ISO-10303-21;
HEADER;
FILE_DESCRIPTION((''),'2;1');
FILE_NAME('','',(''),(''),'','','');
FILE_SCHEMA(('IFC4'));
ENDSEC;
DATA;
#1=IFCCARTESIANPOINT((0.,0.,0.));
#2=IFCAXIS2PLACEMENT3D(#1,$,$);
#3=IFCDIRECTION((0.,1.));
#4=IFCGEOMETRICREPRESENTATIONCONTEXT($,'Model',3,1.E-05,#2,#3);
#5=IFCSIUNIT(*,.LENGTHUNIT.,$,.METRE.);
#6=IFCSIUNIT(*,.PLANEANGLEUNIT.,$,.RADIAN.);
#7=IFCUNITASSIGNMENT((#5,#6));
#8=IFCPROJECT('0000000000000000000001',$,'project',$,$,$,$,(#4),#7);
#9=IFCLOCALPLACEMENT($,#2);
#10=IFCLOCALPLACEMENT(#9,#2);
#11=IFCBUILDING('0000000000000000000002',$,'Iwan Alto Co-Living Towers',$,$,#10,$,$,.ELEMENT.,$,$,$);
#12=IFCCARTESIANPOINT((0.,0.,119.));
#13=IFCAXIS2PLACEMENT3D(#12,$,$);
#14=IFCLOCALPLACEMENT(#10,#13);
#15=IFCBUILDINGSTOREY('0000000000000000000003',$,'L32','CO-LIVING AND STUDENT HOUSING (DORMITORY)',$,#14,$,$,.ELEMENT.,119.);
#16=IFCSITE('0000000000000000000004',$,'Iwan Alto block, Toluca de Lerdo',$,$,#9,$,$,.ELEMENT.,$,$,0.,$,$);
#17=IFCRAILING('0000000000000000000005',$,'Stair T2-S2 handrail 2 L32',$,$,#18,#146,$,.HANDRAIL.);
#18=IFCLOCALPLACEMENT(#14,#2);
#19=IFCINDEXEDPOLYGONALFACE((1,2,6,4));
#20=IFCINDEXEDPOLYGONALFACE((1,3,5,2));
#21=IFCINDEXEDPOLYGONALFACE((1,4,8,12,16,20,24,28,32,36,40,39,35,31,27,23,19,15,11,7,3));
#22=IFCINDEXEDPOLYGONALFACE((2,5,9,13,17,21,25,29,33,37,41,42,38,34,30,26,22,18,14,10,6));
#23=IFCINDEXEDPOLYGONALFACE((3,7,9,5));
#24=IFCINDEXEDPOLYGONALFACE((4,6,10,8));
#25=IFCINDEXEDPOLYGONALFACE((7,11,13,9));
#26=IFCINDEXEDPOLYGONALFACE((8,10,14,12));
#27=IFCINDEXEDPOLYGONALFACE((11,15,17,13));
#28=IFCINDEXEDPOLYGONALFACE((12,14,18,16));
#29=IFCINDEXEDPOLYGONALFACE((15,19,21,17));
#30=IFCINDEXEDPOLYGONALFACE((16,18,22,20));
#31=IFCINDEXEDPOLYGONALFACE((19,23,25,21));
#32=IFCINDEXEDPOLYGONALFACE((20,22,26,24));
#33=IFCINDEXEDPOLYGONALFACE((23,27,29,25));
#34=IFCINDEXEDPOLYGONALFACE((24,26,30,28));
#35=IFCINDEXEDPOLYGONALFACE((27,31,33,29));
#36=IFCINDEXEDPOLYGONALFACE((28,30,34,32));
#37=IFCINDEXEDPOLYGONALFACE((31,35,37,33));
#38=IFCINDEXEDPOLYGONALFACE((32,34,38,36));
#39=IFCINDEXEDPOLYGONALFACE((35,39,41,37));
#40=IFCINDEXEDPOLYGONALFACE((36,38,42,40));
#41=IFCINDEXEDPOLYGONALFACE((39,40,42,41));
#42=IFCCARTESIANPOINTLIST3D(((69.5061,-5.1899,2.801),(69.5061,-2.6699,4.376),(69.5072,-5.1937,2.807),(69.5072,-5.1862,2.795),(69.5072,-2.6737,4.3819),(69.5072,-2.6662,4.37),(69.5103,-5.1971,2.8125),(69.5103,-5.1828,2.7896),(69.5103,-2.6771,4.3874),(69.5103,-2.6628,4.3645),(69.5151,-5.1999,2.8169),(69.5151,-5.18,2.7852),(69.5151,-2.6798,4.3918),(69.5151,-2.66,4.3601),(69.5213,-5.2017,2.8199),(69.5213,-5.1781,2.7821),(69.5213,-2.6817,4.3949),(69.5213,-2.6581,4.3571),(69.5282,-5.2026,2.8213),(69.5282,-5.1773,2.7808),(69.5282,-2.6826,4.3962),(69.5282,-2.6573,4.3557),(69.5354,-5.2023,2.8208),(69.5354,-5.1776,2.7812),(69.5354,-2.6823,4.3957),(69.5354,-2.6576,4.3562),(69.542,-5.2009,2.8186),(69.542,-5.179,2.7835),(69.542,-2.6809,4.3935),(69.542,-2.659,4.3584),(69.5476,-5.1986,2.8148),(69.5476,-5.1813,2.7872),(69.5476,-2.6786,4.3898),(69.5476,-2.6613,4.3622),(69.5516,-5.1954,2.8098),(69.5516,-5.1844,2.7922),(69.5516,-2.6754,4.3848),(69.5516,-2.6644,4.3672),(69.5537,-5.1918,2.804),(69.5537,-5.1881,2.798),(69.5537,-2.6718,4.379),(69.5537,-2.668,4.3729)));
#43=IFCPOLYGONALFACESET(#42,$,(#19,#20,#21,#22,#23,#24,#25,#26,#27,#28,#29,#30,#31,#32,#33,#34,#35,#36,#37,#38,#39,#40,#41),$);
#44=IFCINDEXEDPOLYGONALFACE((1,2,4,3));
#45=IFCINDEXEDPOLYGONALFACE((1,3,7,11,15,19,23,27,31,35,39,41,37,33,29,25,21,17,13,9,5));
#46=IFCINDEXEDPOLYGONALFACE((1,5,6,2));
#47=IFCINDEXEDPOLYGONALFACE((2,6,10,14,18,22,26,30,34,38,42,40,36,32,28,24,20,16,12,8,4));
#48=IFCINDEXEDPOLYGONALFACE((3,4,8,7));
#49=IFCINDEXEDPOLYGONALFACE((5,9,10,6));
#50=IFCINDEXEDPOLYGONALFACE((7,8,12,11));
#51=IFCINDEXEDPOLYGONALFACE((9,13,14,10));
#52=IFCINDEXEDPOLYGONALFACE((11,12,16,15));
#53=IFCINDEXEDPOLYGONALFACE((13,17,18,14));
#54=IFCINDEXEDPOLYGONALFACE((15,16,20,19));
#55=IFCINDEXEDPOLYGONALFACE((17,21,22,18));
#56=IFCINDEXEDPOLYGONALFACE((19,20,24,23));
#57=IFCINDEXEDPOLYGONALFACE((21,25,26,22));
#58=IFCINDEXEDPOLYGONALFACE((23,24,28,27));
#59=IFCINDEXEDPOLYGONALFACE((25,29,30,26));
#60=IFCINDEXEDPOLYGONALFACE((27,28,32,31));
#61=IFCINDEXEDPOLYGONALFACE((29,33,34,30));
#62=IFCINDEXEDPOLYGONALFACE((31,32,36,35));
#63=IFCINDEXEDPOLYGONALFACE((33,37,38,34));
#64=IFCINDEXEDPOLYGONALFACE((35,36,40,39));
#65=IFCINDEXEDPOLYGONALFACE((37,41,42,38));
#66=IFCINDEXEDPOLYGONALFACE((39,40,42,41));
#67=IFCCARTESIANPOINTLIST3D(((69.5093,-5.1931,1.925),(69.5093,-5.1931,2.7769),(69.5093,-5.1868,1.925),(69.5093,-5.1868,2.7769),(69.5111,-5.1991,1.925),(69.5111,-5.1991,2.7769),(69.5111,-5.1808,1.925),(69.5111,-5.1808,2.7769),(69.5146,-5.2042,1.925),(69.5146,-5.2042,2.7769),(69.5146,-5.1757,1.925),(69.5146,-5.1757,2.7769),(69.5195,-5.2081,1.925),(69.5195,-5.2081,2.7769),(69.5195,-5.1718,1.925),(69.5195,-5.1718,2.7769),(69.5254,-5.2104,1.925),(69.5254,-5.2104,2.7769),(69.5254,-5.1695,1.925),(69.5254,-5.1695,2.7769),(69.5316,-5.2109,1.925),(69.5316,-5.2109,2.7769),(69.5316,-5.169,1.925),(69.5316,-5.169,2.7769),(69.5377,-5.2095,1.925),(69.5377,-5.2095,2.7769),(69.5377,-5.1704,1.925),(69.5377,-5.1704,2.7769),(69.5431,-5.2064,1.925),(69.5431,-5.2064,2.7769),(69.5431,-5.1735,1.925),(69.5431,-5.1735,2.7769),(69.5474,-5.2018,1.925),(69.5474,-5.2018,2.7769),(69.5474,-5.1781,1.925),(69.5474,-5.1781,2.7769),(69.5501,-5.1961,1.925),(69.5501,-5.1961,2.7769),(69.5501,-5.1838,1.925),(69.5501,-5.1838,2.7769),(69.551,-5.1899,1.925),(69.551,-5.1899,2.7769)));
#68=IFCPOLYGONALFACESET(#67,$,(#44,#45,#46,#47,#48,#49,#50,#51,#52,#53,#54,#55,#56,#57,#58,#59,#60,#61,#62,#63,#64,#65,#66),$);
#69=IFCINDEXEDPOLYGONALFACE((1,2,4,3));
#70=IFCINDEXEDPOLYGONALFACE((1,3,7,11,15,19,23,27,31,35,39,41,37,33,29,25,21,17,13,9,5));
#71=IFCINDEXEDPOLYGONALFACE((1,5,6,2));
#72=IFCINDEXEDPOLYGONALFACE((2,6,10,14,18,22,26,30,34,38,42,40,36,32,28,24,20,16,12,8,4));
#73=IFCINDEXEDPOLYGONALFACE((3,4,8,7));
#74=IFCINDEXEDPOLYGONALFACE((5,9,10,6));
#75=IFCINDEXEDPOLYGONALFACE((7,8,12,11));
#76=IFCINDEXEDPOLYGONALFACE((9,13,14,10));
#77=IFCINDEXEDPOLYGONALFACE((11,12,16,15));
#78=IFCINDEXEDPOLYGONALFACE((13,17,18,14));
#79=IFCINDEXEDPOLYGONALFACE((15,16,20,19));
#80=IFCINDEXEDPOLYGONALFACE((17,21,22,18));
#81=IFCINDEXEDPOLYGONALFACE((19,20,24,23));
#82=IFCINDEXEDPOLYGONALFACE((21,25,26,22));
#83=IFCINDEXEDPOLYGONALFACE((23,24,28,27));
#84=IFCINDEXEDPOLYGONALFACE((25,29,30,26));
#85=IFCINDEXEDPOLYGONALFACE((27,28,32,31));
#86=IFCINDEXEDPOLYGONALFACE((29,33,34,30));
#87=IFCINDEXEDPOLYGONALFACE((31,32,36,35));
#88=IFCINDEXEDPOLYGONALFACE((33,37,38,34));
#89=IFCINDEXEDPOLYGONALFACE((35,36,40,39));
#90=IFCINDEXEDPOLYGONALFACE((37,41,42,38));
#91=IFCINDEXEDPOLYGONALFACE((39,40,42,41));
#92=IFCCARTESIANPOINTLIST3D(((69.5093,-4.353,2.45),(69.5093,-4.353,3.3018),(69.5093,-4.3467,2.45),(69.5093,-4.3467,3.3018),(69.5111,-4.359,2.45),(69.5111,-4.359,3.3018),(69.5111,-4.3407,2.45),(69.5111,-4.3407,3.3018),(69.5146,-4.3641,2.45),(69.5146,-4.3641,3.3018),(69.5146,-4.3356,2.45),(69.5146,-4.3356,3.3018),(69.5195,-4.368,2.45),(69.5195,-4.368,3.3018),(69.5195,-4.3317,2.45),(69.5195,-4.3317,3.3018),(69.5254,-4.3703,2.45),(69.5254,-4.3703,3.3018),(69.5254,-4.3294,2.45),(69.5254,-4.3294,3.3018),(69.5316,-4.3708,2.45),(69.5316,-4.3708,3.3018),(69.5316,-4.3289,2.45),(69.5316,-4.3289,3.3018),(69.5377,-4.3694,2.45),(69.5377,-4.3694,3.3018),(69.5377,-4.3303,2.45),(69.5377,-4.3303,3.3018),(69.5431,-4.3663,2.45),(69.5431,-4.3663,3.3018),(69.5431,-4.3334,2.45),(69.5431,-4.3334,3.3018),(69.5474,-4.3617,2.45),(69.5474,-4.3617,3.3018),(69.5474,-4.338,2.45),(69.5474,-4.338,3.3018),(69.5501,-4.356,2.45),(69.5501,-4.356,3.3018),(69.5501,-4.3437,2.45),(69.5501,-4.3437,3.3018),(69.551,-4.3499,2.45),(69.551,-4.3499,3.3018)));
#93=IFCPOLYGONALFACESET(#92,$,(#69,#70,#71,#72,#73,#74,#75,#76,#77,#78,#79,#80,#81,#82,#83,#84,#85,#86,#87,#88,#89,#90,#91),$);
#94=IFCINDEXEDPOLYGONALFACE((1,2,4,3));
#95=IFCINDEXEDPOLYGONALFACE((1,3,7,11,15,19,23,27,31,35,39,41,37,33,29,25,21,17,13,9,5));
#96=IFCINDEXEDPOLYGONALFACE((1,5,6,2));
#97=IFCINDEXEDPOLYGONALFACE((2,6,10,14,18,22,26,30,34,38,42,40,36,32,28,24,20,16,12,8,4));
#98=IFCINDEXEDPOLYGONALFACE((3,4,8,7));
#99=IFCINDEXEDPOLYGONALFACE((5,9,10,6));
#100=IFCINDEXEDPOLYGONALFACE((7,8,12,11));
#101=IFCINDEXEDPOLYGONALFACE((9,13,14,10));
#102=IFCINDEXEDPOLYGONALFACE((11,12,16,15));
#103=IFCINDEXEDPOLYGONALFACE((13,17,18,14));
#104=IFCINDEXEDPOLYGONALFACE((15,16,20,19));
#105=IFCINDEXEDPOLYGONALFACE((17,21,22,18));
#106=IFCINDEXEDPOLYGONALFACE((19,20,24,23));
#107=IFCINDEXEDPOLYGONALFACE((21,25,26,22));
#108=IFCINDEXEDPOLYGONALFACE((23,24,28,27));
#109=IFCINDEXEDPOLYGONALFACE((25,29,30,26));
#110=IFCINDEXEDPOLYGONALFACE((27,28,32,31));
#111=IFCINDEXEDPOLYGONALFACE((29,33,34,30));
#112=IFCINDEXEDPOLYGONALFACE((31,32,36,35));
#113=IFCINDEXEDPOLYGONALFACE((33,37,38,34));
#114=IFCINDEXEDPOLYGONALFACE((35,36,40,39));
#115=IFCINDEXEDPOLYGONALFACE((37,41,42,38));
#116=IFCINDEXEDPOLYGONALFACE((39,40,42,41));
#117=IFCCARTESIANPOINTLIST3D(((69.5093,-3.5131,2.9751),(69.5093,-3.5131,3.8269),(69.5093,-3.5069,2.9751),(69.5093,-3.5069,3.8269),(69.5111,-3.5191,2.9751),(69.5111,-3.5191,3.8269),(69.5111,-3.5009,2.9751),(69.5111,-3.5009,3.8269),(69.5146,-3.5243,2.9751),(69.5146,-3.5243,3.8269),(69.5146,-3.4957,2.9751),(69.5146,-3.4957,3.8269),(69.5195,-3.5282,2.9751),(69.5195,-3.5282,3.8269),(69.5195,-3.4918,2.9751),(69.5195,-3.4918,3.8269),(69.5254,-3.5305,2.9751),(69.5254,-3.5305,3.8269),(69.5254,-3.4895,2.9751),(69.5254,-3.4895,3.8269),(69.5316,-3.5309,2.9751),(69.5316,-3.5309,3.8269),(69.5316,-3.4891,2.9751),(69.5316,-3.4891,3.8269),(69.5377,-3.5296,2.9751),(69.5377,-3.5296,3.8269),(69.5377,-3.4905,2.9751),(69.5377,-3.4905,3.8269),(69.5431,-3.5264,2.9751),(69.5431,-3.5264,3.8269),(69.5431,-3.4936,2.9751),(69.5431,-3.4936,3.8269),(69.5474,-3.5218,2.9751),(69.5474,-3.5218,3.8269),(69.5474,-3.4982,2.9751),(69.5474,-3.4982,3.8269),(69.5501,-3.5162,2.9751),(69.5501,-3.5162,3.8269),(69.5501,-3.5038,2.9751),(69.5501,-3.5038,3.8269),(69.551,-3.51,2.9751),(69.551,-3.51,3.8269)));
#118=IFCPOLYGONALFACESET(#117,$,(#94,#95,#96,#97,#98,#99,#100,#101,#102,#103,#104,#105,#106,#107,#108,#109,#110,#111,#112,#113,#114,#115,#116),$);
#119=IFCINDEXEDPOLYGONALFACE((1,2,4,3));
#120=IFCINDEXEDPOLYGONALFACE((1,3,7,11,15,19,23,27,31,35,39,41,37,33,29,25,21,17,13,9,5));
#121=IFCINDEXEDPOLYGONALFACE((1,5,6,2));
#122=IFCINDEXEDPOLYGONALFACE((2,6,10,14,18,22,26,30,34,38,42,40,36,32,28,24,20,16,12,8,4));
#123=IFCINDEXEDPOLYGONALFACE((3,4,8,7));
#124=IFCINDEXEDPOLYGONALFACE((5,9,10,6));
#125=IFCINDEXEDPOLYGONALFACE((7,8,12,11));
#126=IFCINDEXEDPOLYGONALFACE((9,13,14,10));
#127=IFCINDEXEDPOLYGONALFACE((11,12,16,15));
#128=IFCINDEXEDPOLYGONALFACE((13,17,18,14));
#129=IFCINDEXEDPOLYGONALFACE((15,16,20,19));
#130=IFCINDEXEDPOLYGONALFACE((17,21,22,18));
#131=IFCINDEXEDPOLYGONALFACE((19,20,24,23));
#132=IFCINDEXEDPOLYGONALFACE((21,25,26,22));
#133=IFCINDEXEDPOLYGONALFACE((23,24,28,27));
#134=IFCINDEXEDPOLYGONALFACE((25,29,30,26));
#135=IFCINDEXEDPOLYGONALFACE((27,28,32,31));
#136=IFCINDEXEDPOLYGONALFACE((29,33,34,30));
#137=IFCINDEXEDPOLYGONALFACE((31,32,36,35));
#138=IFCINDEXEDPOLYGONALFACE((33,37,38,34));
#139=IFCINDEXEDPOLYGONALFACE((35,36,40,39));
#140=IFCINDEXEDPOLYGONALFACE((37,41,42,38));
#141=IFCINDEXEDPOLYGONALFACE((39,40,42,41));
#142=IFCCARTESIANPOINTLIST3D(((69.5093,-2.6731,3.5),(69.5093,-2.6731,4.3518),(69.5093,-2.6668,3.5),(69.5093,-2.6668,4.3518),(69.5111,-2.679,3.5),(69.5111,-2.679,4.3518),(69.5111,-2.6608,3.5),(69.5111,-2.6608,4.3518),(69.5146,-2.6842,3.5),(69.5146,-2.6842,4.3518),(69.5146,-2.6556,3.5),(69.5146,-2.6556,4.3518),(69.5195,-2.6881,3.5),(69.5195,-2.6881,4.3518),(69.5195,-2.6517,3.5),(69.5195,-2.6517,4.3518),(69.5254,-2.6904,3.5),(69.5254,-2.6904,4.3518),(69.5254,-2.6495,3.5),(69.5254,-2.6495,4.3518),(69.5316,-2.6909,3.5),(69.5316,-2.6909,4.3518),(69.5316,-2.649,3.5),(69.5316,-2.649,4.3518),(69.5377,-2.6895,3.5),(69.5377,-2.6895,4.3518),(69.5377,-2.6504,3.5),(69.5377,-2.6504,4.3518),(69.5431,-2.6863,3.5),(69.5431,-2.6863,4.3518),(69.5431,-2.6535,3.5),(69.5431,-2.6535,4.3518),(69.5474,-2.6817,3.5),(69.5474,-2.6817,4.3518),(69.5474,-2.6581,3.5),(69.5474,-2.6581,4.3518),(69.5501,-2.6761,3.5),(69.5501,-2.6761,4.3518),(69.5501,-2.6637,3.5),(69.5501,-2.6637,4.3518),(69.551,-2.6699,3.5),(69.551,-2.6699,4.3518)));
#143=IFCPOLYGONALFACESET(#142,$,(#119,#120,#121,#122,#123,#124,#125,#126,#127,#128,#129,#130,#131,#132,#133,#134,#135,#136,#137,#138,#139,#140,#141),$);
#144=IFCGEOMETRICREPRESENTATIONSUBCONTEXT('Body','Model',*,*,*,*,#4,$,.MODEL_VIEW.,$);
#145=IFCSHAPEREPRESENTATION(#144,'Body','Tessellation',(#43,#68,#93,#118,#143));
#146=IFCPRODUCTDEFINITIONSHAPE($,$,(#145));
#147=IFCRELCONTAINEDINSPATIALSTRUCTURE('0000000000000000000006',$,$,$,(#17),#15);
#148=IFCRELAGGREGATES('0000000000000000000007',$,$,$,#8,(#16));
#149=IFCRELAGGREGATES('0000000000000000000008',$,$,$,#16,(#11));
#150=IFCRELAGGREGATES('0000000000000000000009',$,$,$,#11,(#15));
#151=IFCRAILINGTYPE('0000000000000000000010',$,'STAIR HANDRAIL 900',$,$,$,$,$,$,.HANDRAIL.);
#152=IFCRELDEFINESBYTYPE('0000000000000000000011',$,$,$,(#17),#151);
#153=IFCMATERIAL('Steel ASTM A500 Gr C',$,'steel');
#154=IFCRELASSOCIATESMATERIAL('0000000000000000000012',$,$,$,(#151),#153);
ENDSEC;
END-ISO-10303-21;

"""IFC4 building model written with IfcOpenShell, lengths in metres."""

from ifc_helpers import new_model, si_unit, direction, frame, origin, origin_2d, place, context, subcontext, project, spatial, circle, extrude, material, type_object, element, save


model = new_model("IFC4")

# Units and contexts
model_context = context("Model", 3, precision=1e-05, world=origin(), true_north=direction((0.0, 1.0)))
body_context = subcontext(model_context, "Body", "Model", "MODEL_VIEW")
ifc_project = project(units=[si_unit("LENGTHUNIT", "METRE"), si_unit("PLANEANGLEUNIT", "RADIAN")], contexts=[model_context])

# Site, building, storey
site_placement = place(None, origin())
site = spatial("IfcSite", under=ifc_project, at=site_placement, Name="Iwan Alto block, Toluca de Lerdo", CompositionType="ELEMENT", RefElevation=0.0)
building_placement = place(site_placement, origin())
building = spatial("IfcBuilding", under=site, at=building_placement, Name="Iwan Alto Co-Living Towers", CompositionType="ELEMENT")
storey_placement = place(building_placement, frame((0.0, 0.0, 119.0)))
storey = spatial("IfcBuildingStorey", under=building, at=storey_placement, Name="L32", Description="CO-LIVING AND STUDENT HOUSING (DORMITORY)", CompositionType="ELEMENT", Elevation=119.0)

# Railing
ifc_material_1 = material(Name="Steel ASTM A500 Gr C", Category="steel")
railing_type_1 = type_object("IfcRailingType", Name="STAIR HANDRAIL 900", PredefinedType="HANDRAIL", material=ifc_material_1)
railing_1_placement = place(storey_placement, frame((69.53, -5.1899, 1.925)))
element("IfcRailing", 1, at=railing_1_placement, inside=storey, type_object=railing_type_1, Name="Stair T2-S2 handrail 2 L32", PredefinedType="HANDRAIL", context=body_context, shape_type="SweptSolid", body=[
    extrude(circle(Radius=0.0239, at=origin_2d()), frame((0.0, 0.0, 0.876), z_axis=(0.0, 0.848008, 0.529984), x_axis=(-1.0, 0.0, 0.0)), (0.0, 0.0, 1.0), 2.9717),
    extrude(circle(Radius=0.021, at=origin_2d()), origin(), (0.0, 0.0, 1.0), 0.8518),
    extrude(circle(Radius=0.021, at=origin_2d()), frame((0.0, 0.8401, 0.5249)), (0.0, 0.0, 1.0), 0.8518),
    extrude(circle(Radius=0.021, at=origin_2d()), frame((0.0, 1.6799, 1.05)), (0.0, 0.0, 1.0), 0.8518),
    extrude(circle(Radius=0.021, at=origin_2d()), frame((0.0, 2.52, 1.575)), (0.0, 0.0, 1.0), 0.8518),
])

save(model, "model.ifc")
